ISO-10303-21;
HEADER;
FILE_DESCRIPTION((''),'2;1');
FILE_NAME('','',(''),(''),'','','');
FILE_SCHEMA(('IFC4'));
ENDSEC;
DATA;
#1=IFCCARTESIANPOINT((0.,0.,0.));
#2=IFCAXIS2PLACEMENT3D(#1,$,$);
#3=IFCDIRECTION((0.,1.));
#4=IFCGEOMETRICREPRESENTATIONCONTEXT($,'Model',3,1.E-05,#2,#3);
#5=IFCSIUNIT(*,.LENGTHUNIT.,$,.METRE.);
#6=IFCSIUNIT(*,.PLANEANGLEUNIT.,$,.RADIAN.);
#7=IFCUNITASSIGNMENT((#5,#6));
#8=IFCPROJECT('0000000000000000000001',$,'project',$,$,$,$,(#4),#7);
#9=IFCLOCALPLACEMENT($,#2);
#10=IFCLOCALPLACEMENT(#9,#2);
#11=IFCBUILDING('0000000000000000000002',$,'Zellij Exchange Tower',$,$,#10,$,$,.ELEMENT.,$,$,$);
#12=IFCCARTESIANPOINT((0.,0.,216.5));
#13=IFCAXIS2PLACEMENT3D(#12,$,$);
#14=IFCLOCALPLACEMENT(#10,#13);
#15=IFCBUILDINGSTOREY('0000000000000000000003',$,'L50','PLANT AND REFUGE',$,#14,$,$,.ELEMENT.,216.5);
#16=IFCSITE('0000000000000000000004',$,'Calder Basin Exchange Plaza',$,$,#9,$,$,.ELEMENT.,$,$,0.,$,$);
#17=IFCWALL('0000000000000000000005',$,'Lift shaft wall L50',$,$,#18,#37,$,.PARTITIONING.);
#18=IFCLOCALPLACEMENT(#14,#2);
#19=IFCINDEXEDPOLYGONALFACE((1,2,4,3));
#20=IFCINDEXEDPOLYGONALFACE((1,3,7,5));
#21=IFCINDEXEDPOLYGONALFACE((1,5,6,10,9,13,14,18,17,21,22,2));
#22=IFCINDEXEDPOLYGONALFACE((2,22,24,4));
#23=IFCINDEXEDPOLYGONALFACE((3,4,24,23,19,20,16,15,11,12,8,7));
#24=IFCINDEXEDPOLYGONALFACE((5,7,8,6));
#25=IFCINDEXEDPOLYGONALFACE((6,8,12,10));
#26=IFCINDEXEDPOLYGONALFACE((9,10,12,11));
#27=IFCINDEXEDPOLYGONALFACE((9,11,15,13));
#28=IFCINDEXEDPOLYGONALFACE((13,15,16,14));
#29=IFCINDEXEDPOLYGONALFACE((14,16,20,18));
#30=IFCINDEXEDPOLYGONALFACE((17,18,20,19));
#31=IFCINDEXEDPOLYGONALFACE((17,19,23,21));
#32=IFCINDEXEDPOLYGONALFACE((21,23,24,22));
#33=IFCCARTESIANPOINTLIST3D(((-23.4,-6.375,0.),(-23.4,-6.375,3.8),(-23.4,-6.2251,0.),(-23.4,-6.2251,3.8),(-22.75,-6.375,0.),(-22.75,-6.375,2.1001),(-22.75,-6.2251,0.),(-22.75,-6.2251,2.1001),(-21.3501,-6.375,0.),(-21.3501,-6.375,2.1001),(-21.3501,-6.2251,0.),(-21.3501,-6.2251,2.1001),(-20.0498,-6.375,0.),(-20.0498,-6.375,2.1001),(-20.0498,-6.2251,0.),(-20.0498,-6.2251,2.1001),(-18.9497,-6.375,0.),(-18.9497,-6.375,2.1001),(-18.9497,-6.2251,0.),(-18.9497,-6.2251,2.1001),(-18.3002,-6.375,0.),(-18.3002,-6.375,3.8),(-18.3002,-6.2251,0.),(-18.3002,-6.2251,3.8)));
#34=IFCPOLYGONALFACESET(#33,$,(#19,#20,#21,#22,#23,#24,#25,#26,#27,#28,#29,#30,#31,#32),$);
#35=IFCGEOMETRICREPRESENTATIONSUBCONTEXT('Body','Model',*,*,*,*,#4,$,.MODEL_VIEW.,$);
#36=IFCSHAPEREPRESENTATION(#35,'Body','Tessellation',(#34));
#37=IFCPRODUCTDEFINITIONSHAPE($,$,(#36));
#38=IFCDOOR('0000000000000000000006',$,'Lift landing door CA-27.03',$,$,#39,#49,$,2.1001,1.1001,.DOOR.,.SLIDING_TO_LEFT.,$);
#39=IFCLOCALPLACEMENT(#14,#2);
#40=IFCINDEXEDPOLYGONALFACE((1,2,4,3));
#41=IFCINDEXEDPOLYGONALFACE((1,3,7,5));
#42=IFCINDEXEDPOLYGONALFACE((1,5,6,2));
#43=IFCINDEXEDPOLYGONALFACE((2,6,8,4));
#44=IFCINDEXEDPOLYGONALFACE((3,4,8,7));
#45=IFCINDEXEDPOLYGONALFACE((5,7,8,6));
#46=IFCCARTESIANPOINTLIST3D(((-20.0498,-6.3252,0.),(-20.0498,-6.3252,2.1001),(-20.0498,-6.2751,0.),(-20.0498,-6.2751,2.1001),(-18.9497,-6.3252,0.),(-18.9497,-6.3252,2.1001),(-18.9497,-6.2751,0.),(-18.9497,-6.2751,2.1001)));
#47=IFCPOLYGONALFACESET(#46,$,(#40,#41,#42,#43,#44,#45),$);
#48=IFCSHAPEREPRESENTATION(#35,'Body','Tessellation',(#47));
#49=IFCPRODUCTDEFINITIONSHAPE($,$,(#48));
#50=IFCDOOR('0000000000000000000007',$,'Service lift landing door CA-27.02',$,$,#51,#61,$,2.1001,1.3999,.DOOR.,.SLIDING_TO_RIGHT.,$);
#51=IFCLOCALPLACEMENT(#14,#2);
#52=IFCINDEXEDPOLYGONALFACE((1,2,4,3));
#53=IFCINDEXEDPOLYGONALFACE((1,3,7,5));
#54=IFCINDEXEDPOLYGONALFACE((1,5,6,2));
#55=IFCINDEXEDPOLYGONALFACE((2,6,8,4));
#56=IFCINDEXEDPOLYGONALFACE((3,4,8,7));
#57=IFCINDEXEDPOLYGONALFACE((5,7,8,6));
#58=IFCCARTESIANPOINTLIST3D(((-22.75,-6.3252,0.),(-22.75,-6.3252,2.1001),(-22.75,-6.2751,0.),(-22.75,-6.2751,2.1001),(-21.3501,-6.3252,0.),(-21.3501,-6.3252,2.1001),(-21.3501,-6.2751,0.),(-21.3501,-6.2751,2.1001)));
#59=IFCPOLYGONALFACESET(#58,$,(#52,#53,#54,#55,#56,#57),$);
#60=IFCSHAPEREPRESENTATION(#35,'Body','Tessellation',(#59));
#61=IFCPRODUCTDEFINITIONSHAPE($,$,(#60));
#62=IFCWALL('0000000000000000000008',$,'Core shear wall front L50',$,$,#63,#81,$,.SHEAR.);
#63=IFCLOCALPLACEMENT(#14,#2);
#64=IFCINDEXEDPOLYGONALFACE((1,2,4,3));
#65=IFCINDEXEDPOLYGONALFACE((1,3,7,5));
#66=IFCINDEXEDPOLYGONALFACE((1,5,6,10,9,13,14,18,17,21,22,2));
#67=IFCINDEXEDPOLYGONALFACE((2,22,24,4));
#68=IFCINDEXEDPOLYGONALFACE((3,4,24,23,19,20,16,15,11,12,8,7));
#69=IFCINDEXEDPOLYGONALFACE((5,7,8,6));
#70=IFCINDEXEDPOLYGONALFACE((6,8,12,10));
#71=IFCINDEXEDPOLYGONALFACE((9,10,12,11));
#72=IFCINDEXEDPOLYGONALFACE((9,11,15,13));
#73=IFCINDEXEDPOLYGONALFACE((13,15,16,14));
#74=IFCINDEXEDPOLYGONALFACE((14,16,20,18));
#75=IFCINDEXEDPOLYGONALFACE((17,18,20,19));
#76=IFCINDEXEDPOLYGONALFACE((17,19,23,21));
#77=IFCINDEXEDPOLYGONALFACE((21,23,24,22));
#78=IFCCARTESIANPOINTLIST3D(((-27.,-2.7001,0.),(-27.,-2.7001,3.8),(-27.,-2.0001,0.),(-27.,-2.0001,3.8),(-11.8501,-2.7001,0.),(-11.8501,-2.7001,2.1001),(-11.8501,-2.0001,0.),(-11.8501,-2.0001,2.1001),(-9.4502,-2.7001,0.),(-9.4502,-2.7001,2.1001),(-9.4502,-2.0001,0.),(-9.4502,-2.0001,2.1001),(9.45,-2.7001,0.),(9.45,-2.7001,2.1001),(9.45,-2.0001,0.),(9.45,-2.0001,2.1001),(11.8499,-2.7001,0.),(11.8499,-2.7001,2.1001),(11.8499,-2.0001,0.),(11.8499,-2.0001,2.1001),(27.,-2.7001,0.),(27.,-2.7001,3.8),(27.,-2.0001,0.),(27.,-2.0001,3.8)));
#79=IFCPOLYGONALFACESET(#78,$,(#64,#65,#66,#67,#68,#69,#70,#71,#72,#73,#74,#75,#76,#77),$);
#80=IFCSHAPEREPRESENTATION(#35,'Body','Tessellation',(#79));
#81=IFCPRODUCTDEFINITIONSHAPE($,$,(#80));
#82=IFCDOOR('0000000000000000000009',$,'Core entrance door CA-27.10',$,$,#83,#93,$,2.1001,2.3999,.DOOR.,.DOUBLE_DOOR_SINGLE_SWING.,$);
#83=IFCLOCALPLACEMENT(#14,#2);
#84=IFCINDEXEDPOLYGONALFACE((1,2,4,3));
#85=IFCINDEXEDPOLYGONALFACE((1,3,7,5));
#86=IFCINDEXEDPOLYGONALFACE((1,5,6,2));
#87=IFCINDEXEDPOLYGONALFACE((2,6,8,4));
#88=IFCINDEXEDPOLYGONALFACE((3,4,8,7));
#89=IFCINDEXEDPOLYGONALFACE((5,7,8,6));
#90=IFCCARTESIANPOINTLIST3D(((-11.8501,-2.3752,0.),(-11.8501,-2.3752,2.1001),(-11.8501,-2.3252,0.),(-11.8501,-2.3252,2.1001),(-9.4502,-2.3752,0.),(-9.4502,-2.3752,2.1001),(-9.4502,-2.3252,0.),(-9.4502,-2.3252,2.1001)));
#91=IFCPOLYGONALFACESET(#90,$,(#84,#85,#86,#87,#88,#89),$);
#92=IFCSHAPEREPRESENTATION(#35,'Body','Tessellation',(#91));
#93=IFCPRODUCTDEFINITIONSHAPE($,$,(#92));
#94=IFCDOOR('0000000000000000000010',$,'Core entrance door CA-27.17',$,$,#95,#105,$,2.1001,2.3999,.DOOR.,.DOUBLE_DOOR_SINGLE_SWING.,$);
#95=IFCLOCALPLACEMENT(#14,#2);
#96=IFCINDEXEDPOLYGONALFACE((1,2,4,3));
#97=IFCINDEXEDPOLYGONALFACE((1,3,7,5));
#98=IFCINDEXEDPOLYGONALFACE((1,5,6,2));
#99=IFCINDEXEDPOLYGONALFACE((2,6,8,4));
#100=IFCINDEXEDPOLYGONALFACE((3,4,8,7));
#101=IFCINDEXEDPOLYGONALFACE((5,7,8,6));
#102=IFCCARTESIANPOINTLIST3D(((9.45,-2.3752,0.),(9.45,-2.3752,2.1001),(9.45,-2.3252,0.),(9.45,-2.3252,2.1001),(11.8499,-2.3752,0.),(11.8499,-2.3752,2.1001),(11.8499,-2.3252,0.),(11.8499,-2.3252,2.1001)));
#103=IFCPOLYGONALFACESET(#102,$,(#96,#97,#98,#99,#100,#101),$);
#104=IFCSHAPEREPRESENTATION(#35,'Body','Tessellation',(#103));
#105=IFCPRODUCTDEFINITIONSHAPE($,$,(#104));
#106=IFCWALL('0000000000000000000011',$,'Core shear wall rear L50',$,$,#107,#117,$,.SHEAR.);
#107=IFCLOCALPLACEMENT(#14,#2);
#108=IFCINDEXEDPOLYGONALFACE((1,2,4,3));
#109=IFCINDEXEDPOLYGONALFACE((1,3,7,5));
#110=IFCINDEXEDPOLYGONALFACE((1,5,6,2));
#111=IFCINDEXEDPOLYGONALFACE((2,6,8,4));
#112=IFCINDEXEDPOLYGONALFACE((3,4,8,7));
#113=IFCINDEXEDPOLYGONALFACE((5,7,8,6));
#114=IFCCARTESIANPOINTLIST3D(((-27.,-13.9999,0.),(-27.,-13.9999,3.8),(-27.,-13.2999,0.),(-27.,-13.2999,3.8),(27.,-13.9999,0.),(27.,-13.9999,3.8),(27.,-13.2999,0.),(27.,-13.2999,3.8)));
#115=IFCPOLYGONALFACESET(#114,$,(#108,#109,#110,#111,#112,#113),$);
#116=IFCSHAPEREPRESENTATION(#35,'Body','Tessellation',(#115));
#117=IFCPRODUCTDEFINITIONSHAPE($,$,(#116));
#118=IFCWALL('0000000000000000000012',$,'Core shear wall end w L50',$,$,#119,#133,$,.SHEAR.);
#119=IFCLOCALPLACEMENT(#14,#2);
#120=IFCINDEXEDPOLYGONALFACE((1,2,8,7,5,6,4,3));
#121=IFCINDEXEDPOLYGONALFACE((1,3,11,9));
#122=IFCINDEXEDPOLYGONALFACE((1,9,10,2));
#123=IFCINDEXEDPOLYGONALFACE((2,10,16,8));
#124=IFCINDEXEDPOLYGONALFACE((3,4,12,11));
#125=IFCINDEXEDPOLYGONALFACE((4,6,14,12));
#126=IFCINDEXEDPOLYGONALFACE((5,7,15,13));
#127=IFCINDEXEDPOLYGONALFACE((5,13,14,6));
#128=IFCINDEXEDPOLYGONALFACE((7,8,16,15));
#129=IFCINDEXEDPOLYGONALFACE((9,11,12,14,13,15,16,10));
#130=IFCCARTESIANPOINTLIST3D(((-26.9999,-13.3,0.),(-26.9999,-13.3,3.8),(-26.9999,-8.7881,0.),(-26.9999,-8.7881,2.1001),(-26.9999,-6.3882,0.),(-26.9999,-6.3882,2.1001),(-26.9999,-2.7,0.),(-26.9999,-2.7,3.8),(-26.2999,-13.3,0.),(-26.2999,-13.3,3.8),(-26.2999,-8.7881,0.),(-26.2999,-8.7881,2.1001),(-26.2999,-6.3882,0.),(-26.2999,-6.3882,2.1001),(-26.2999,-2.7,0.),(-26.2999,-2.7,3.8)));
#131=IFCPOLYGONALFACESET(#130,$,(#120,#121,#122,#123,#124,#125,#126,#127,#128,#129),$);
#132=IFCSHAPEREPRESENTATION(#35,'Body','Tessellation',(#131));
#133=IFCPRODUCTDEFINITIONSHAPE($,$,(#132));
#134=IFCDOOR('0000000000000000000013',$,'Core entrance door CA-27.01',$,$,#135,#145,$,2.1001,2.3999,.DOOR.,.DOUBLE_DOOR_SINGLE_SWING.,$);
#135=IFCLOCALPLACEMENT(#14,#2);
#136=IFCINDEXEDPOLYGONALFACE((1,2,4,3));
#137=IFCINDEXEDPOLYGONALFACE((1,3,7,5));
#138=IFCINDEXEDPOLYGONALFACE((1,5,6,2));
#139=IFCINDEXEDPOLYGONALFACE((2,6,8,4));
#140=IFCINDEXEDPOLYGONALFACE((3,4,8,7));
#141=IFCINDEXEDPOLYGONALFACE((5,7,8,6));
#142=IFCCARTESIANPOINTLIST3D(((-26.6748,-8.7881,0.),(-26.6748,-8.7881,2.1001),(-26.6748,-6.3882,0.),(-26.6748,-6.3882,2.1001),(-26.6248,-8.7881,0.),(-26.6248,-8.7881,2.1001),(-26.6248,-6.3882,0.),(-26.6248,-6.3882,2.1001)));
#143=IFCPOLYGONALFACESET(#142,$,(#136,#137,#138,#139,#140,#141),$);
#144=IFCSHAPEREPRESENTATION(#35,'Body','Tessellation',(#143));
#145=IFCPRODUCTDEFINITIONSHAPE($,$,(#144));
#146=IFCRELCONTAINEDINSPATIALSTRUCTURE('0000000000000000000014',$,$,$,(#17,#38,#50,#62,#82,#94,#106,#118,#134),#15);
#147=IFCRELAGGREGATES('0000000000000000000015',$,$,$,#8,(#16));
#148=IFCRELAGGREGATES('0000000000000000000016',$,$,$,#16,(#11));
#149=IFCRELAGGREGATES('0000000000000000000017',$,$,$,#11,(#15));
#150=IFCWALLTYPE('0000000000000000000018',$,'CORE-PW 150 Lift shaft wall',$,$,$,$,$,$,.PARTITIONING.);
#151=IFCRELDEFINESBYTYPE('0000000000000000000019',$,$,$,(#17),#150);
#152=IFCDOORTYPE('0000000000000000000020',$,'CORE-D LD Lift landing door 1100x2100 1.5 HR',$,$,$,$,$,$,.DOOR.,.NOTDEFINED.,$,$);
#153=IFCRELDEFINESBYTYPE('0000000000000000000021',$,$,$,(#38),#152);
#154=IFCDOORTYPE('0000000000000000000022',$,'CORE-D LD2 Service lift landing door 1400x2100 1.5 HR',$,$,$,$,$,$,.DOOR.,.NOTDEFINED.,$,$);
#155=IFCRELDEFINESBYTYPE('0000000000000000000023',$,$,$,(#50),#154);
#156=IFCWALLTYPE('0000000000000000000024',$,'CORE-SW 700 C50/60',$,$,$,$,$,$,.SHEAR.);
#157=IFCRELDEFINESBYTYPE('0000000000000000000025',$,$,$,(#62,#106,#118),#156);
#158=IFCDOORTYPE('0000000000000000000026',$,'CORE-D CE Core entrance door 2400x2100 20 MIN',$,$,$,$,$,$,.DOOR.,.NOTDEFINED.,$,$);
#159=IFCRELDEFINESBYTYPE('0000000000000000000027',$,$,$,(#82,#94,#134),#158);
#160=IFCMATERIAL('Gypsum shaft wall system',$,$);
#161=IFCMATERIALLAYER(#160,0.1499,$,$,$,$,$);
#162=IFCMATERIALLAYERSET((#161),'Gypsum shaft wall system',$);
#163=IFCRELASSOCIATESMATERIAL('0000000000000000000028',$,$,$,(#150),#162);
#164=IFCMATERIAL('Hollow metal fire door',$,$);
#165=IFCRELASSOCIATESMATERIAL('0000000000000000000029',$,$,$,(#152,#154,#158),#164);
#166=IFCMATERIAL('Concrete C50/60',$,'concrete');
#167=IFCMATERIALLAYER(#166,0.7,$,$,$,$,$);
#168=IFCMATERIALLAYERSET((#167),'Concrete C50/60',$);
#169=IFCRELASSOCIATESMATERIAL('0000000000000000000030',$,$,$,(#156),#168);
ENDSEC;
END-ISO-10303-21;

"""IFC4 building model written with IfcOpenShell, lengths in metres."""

from ifc_helpers import new_model, si_unit, direction, frame, frame_2d, origin, place, context, subcontext, project, spatial, rectangle, extrude, material, layer, layer_set, type_object, element, fill, save


model = new_model("IFC4")

# Units and contexts
model_context = context("Model", 3, precision=1e-05, world=origin(), true_north=direction((0.0, 1.0)))
body_context = subcontext(model_context, "Body", "Model", "MODEL_VIEW")
ifc_project = project(units=[si_unit("LENGTHUNIT", "METRE"), si_unit("PLANEANGLEUNIT", "RADIAN")], contexts=[model_context])

# Site, building, storey
site_placement = place(None, origin())
site = spatial("IfcSite", under=ifc_project, at=site_placement, Name="Calder Basin Exchange Plaza", CompositionType="ELEMENT", RefElevation=0.0)
building_placement = place(site_placement, origin())
building = spatial("IfcBuilding", under=site, at=building_placement, Name="Zellij Exchange Tower", CompositionType="ELEMENT")
storey_placement = place(building_placement, frame((0.0, 0.0, 216.5)))
storey = spatial("IfcBuildingStorey", under=building, at=storey_placement, Name="L50", Description="PLANT AND REFUGE", CompositionType="ELEMENT", Elevation=216.5)

# Shared definitions
ifc_material_1 = material(Name="Gypsum shaft wall system")
ifc_layer_1 = layer(ifc_material_1, 0.1499)
ifc_layer_set_1 = layer_set([ifc_layer_1], Name="Gypsum shaft wall system")
wall_type_1 = type_object("IfcWallType", Name="CORE-PW 150 Lift shaft wall", PredefinedType="PARTITIONING", material=ifc_layer_set_1)

# Walls, openings, doors
wall_1_placement = place(storey_placement, frame((-23.3999, -6.3, 0.0), z_axis=(0.0, 0.0, 1.0), x_axis=(1.0, 0.0, 0.0)))
wall_1 = element("IfcWall", 1, at=wall_1_placement, inside=storey, type_object=wall_type_1, Name="Lift shaft wall L50", PredefinedType="PARTITIONING", context=body_context, shape_type="SweptSolid", body=[
    extrude(rectangle(XDim=5.0999, YDim=0.1499, at=frame_2d((2.5498, 0.0))), origin(), (0.0, 0.0, 1.0), 3.8),
])
opening_1_placement = place(wall_1_placement, frame((0.6499, 0.0, 0.0)))
opening_1 = element("IfcOpeningElement", 2, at=opening_1_placement, cuts=wall_1, PredefinedType="OPENING", context=body_context, shape_type="SweptSolid", body=[
    extrude(rectangle(XDim=1.3999, YDim=2.1001, at=frame_2d((0.7, 1.05))), frame((0.0, 0.0869, 0.0), z_axis=(0.0, -1.0, 0.0), x_axis=(1.0, 0.0, 0.0)), (0.0, 0.0, 1.0), 0.1738),
])
opening_2_placement = place(wall_1_placement, frame((3.3501, 0.0, 0.0)))
opening_2 = element("IfcOpeningElement", 3, at=opening_2_placement, cuts=wall_1, PredefinedType="OPENING", context=body_context, shape_type="SweptSolid", body=[
    extrude(rectangle(XDim=1.1001, YDim=2.1001, at=frame_2d((0.55, 1.05))), frame((0.0, 0.0869, 0.0), z_axis=(0.0, -1.0, 0.0), x_axis=(1.0, 0.0, 0.0)), (0.0, 0.0, 1.0), 0.1738),
])
ifc_material_2 = material(Name="Hollow metal fire door")
door_type_1 = type_object("IfcDoorType", Name="CORE-D LD Lift landing door 1100x2100 1.5 HR", OperationType="NOTDEFINED", PredefinedType="DOOR", material=ifc_material_2)
door_1_placement = place(opening_2_placement, origin())
door_1 = element("IfcDoor", 4, at=door_1_placement, inside=storey, type_object=door_type_1, Name="Lift landing door CA-27.03", OperationType="SLIDING_TO_LEFT", OverallHeight=2.1001, OverallWidth=1.1001, PredefinedType="DOOR", context=body_context, shape_type="SweptSolid", body=[
    extrude(rectangle(XDim=1.1001, YDim=2.1001, at=frame_2d((0.55, 1.05))), frame((0.0, 0.0249, 0.0), z_axis=(0.0, -1.0, 0.0), x_axis=(1.0, 0.0, 0.0)), (0.0, 0.0, 1.0), 0.05),
])
fill(opening_2, door_1)
door_type_2 = type_object("IfcDoorType", Name="CORE-D LD2 Service lift landing door 1400x2100 1.5 HR", OperationType="NOTDEFINED", PredefinedType="DOOR", material=ifc_material_2)
door_2_placement = place(opening_1_placement, origin())
door_2 = element("IfcDoor", 5, at=door_2_placement, inside=storey, type_object=door_type_2, Name="Service lift landing door CA-27.02", OperationType="SLIDING_TO_RIGHT", OverallHeight=2.1001, OverallWidth=1.3999, PredefinedType="DOOR", context=body_context, shape_type="SweptSolid", body=[
    extrude(rectangle(XDim=1.3999, YDim=2.1001, at=frame_2d((0.7, 1.05))), frame((0.0, 0.0249, 0.0), z_axis=(0.0, -1.0, 0.0), x_axis=(1.0, 0.0, 0.0)), (0.0, 0.0, 1.0), 0.05),
])
fill(opening_1, door_2)
ifc_material_3 = material(Name="Concrete C50/60", Category="concrete")
ifc_layer_2 = layer(ifc_material_3, 0.7)
ifc_layer_set_2 = layer_set([ifc_layer_2], Name="Concrete C50/60")
wall_type_2 = type_object("IfcWallType", Name="CORE-SW 700 C50/60", PredefinedType="SHEAR", material=ifc_layer_set_2)
wall_2_placement = place(storey_placement, frame((-27.0, -2.3501, 0.0), z_axis=(0.0, 0.0, 1.0), x_axis=(1.0, 0.0, 0.0)))
wall_2 = element("IfcWall", 6, at=wall_2_placement, inside=storey, type_object=wall_type_2, Name="Core shear wall front L50", PredefinedType="SHEAR", context=body_context, shape_type="SweptSolid", body=[
    extrude(rectangle(XDim=54.0, YDim=0.7, at=frame_2d((27.0, 0.0))), origin(), (0.0, 0.0, 1.0), 3.8),
])
opening_3_placement = place(wall_2_placement, frame((15.1499, 0.0, 0.0)))
opening_3 = element("IfcOpeningElement", 7, at=opening_3_placement, cuts=wall_2, PredefinedType="OPENING", context=body_context, shape_type="SweptSolid", body=[
    extrude(rectangle(XDim=2.3999, YDim=2.1001, at=frame_2d((1.2, 1.05))), frame((0.0, 0.3618, 0.0), z_axis=(0.0, -1.0, 0.0), x_axis=(1.0, 0.0, 0.0)), (0.0, 0.0, 1.0), 0.7239),
])
opening_4_placement = place(wall_2_placement, frame((36.45, 0.0, 0.0)))
opening_4 = element("IfcOpeningElement", 8, at=opening_4_placement, cuts=wall_2, PredefinedType="OPENING", context=body_context, shape_type="SweptSolid", body=[
    extrude(rectangle(XDim=2.3999, YDim=2.1001, at=frame_2d((1.2, 1.05))), frame((0.0, 0.3618, 0.0), z_axis=(0.0, -1.0, 0.0), x_axis=(1.0, 0.0, 0.0)), (0.0, 0.0, 1.0), 0.7239),
])
door_type_3 = type_object("IfcDoorType", Name="CORE-D CE Core entrance door 2400x2100 20 MIN", OperationType="NOTDEFINED", PredefinedType="DOOR", material=ifc_material_2)
door_3_placement = place(opening_3_placement, origin())
door_3 = element("IfcDoor", 9, at=door_3_placement, inside=storey, type_object=door_type_3, Name="Core entrance door CA-27.10", OperationType="DOUBLE_DOOR_SINGLE_SWING", OverallHeight=2.1001, OverallWidth=2.3999, PredefinedType="DOOR", context=body_context, shape_type="SweptSolid", body=[
    extrude(rectangle(XDim=2.3999, YDim=2.1001, at=frame_2d((1.2, 1.05))), frame((0.0, 0.0249, 0.0), z_axis=(0.0, -1.0, 0.0), x_axis=(1.0, 0.0, 0.0)), (0.0, 0.0, 1.0), 0.05),
])
fill(opening_3, door_3)
door_4_placement = place(opening_4_placement, origin())
door_4 = element("IfcDoor", 10, at=door_4_placement, inside=storey, type_object=door_type_3, Name="Core entrance door CA-27.17", OperationType="DOUBLE_DOOR_SINGLE_SWING", OverallHeight=2.1001, OverallWidth=2.3999, PredefinedType="DOOR", context=body_context, shape_type="SweptSolid", body=[
    extrude(rectangle(XDim=2.3999, YDim=2.1001, at=frame_2d((1.2, 1.05))), frame((0.0, 0.0249, 0.0), z_axis=(0.0, -1.0, 0.0), x_axis=(1.0, 0.0, 0.0)), (0.0, 0.0, 1.0), 0.05),
])
fill(opening_4, door_4)

# Wall
wall_3_placement = place(storey_placement, frame((-27.0, -13.6499, 0.0), z_axis=(0.0, 0.0, 1.0), x_axis=(1.0, 0.0, 0.0)))
element("IfcWall", 11, at=wall_3_placement, inside=storey, type_object=wall_type_2, Name="Core shear wall rear L50", PredefinedType="SHEAR", context=body_context, shape_type="SweptSolid", body=[
    extrude(rectangle(XDim=54.0, YDim=0.7, at=frame_2d((27.0, 0.0))), origin(), (0.0, 0.0, 1.0), 3.8),
])

# Wall, opening, door
wall_4_placement = place(storey_placement, frame((-26.6499, -13.3, 0.0), z_axis=(0.0, 0.0, 1.0), x_axis=(0.0, 1.0, 0.0)))
wall_4 = element("IfcWall", 12, at=wall_4_placement, inside=storey, type_object=wall_type_2, Name="Core shear wall end w L50", PredefinedType="SHEAR", context=body_context, shape_type="SweptSolid", body=[
    extrude(rectangle(XDim=10.6001, YDim=0.7, at=frame_2d((5.3, 0.0))), origin(), (0.0, 0.0, 1.0), 3.8),
])
opening_5_placement = place(wall_4_placement, frame((4.512, 0.0, 0.0)))
opening_5 = element("IfcOpeningElement", 13, at=opening_5_placement, cuts=wall_4, PredefinedType="OPENING", context=body_context, shape_type="SweptSolid", body=[
    extrude(rectangle(XDim=2.3999, YDim=2.1001, at=frame_2d((1.2, 1.05))), frame((0.0, 0.3618, 0.0), z_axis=(0.0, -1.0, 0.0), x_axis=(1.0, 0.0, 0.0)), (0.0, 0.0, 1.0), 0.7239),
])
door_5_placement = place(opening_5_placement, origin())
door_5 = element("IfcDoor", 14, at=door_5_placement, inside=storey, type_object=door_type_3, Name="Core entrance door CA-27.01", OperationType="DOUBLE_DOOR_SINGLE_SWING", OverallHeight=2.1001, OverallWidth=2.3999, PredefinedType="DOOR", context=body_context, shape_type="SweptSolid", body=[
    extrude(rectangle(XDim=2.3999, YDim=2.1001, at=frame_2d((1.2, 1.05))), frame((0.0, 0.0249, 0.0), z_axis=(0.0, -1.0, 0.0), x_axis=(1.0, 0.0, 0.0)), (0.0, 0.0, 1.0), 0.05),
])
fill(opening_5, door_5)

save(model, "model.ifc")
